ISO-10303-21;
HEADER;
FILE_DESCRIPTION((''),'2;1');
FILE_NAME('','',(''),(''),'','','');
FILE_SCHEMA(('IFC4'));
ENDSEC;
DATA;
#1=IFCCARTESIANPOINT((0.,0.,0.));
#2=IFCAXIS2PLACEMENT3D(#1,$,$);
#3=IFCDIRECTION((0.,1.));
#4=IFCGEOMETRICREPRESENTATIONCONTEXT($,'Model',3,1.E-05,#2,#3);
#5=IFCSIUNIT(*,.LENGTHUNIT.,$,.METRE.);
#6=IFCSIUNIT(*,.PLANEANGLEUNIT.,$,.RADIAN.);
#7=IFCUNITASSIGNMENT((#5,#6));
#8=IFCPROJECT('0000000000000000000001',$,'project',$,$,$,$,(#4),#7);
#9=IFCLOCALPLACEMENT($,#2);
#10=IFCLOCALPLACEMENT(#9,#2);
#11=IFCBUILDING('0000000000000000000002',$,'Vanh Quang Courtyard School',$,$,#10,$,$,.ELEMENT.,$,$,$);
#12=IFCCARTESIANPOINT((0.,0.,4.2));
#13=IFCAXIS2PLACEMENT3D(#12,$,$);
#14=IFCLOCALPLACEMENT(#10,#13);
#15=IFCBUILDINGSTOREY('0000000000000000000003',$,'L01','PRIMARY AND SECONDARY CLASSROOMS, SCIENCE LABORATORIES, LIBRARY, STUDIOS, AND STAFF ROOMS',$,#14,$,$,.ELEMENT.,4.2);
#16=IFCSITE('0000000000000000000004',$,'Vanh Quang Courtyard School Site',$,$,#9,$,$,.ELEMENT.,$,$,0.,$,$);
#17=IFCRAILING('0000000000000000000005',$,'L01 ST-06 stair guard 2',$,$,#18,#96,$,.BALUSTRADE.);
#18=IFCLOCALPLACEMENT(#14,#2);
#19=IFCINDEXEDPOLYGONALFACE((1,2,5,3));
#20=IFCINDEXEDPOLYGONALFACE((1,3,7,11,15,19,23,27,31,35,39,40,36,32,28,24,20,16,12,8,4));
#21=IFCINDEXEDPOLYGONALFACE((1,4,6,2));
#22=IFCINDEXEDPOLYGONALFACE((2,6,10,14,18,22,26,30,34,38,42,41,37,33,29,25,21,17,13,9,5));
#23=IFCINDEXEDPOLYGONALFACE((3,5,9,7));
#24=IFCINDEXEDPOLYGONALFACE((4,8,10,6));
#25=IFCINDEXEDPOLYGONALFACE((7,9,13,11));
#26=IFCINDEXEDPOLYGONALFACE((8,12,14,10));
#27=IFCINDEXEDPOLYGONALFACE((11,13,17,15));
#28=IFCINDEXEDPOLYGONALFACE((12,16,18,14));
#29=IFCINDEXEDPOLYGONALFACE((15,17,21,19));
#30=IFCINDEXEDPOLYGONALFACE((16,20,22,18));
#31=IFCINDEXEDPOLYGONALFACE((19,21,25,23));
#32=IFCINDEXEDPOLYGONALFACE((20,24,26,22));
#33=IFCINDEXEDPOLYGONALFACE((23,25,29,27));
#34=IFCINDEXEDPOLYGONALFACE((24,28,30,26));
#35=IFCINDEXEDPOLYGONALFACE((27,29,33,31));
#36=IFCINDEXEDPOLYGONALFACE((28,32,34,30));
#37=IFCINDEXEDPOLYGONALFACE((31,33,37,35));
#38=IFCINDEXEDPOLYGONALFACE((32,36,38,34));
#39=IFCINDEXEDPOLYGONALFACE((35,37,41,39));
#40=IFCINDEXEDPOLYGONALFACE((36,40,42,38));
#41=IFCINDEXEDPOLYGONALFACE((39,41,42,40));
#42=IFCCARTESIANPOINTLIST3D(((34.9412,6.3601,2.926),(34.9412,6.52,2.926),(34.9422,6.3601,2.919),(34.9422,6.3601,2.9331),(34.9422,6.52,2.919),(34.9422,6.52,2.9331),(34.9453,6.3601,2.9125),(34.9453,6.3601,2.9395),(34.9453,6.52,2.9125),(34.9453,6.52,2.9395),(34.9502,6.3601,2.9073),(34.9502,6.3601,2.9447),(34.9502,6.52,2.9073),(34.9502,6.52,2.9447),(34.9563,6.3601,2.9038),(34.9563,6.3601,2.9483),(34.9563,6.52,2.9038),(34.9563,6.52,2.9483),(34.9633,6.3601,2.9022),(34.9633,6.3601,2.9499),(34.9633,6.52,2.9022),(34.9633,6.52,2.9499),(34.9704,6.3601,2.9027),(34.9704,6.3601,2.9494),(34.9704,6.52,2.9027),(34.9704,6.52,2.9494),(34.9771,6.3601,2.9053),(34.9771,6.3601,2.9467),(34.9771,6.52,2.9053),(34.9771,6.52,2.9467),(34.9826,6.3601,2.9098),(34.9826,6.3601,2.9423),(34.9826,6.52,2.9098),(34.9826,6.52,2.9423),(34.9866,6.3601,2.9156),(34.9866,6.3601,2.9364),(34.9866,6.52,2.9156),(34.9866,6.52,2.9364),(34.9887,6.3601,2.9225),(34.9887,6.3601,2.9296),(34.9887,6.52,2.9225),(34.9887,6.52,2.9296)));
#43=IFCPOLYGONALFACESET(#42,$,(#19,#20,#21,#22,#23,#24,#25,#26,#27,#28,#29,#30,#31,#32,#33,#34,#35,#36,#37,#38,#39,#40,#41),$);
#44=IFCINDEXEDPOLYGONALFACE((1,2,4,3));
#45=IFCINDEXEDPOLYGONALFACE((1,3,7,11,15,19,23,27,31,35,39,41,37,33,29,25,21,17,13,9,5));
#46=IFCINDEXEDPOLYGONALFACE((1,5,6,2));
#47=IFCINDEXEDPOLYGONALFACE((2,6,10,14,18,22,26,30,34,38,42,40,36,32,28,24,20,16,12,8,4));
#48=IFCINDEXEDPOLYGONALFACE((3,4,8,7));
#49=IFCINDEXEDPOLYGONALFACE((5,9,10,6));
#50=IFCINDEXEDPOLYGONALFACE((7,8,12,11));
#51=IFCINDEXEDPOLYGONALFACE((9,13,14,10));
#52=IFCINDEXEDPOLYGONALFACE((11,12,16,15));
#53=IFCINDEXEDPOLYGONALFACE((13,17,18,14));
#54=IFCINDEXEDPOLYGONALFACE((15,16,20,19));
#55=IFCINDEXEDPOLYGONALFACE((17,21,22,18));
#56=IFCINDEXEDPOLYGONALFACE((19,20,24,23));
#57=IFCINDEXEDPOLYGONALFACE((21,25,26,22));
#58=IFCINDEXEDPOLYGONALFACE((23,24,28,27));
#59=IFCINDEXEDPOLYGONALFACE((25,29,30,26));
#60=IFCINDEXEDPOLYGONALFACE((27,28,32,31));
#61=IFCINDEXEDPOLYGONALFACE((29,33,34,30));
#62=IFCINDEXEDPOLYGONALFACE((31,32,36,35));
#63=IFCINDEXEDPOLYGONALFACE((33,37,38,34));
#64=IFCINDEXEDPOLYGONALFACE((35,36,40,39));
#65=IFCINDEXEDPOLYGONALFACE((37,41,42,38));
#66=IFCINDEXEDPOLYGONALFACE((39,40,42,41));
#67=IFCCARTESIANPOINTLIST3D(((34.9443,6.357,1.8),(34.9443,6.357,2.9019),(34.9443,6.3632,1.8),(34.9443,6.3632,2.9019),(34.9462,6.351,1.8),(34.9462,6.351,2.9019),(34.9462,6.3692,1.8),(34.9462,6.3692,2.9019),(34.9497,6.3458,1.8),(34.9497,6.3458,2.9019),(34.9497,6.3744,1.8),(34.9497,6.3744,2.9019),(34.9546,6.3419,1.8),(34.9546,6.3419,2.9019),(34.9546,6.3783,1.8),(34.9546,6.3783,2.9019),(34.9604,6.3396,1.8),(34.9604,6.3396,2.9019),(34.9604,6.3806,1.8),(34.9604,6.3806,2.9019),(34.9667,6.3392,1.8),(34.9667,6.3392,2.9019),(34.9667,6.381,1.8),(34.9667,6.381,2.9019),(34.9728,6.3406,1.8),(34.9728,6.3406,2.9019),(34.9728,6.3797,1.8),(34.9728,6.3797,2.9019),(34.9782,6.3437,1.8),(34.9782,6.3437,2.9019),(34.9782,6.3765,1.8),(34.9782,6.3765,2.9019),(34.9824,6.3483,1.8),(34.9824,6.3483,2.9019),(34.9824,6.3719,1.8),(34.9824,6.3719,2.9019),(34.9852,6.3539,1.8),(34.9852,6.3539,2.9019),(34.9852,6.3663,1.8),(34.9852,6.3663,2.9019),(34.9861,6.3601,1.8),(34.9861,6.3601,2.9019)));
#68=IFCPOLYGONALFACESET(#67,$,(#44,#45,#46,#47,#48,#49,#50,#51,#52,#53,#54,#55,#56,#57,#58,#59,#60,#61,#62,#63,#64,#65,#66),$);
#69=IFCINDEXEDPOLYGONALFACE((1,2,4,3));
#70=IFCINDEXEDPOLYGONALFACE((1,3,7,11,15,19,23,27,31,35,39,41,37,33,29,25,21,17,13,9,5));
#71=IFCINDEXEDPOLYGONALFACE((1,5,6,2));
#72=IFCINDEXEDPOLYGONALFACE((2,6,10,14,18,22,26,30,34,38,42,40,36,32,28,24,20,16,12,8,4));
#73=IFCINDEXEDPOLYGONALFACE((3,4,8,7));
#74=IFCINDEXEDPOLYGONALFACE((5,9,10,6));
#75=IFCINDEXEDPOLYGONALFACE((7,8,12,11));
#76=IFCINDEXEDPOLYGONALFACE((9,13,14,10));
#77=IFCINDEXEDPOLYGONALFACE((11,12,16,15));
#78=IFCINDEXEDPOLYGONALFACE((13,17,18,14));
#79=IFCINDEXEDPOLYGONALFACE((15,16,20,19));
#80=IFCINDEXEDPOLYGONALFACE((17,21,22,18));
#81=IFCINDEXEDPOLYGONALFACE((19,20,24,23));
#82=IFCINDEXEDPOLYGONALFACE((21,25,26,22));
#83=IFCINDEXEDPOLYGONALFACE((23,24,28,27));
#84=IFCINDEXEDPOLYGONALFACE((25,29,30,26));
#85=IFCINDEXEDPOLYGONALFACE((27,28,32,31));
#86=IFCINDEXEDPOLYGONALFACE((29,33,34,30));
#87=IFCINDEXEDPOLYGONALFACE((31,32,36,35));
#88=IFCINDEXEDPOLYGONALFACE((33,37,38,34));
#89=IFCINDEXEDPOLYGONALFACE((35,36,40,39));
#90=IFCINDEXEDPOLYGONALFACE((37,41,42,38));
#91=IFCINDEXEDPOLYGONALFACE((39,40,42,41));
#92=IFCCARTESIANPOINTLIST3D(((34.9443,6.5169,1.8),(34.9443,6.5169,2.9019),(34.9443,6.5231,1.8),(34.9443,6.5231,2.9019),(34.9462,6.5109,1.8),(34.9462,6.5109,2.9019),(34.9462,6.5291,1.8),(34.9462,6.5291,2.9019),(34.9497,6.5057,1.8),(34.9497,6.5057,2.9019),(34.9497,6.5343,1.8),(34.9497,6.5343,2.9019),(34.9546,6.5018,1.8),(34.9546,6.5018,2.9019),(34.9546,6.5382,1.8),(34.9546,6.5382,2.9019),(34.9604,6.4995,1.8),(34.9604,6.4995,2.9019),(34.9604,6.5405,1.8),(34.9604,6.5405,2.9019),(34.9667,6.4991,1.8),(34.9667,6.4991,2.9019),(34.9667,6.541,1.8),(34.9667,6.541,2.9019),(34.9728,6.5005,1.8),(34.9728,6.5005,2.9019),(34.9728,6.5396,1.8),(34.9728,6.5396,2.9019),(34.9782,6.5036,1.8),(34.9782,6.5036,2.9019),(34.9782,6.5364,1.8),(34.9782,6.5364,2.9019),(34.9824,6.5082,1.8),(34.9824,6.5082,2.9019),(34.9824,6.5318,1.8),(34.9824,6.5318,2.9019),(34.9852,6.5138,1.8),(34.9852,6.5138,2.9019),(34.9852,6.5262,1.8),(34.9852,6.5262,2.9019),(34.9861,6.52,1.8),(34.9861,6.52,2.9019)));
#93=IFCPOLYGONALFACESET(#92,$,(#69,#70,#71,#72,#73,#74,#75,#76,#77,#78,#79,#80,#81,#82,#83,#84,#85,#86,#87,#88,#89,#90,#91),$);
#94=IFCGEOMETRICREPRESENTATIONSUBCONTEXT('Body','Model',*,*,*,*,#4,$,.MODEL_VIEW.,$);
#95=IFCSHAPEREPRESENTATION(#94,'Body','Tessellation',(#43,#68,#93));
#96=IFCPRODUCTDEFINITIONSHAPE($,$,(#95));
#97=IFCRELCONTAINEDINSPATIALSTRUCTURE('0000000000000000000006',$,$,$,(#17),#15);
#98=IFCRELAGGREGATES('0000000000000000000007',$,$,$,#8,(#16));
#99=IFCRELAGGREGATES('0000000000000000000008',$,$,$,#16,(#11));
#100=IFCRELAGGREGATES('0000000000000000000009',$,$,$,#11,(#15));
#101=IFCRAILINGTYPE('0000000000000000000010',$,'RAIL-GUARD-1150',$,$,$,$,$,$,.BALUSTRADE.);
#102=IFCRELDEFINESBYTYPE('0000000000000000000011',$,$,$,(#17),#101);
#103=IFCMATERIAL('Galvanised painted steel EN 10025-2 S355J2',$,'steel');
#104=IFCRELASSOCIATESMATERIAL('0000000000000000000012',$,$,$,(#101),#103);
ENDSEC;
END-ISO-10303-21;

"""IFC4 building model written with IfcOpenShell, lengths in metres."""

from ifc_helpers import new_model, si_unit, direction, frame, origin, origin_2d, place, context, subcontext, project, spatial, circle, extrude, material, type_object, element, save


model = new_model("IFC4")

# Units and contexts
model_context = context("Model", 3, precision=1e-05, world=origin(), true_north=direction((0.0, 1.0)))
body_context = subcontext(model_context, "Body", "Model", "MODEL_VIEW")
ifc_project = project(units=[si_unit("LENGTHUNIT", "METRE"), si_unit("PLANEANGLEUNIT", "RADIAN")], contexts=[model_context])

# Site, building, storey
site_placement = place(None, origin())
site = spatial("IfcSite", under=ifc_project, at=site_placement, Name="Vanh Quang Courtyard School Site", CompositionType="ELEMENT", RefElevation=0.0)
building_placement = place(site_placement, origin())
building = spatial("IfcBuilding", under=site, at=building_placement, Name="Vanh Quang Courtyard School", CompositionType="ELEMENT")
storey_placement = place(building_placement, frame((0.0, 0.0, 4.2)))
storey = spatial("IfcBuildingStorey", under=building, at=storey_placement, Name="L01", Description="PRIMARY AND SECONDARY CLASSROOMS, SCIENCE LABORATORIES, LIBRARY, STUDIOS, AND STAFF ROOMS", CompositionType="ELEMENT", Elevation=4.2)

# Railing
ifc_material_1 = material(Name="Galvanised painted steel EN 10025-2 S355J2", Category="steel")
railing_type_1 = type_object("IfcRailingType", Name="RAIL-GUARD-1150", PredefinedType="BALUSTRADE", material=ifc_material_1)
railing_1_placement = place(storey_placement, frame((34.9651, 6.3601, 1.8)))
element("IfcRailing", 1, at=railing_1_placement, inside=storey, type_object=railing_type_1, Name="L01 ST-06 stair guard 2", PredefinedType="BALUSTRADE", context=body_context, shape_type="SweptSolid", body=[
    extrude(circle(Radius=0.0239, at=origin_2d()), frame((0.0, 0.0, 1.126), z_axis=(0.0, 1.0, 0.0), x_axis=(-1.0, 0.0, 0.0)), (0.0, 0.0, 1.0), 0.1599),
    extrude(circle(Radius=0.021, at=origin_2d()), origin(), (0.0, 0.0, 1.0), 1.1018),
    extrude(circle(Radius=0.021, at=origin_2d()), frame((0.0, 0.1599, 0.0)), (0.0, 0.0, 1.0), 1.1018),
])

save(model, "model.ifc")
